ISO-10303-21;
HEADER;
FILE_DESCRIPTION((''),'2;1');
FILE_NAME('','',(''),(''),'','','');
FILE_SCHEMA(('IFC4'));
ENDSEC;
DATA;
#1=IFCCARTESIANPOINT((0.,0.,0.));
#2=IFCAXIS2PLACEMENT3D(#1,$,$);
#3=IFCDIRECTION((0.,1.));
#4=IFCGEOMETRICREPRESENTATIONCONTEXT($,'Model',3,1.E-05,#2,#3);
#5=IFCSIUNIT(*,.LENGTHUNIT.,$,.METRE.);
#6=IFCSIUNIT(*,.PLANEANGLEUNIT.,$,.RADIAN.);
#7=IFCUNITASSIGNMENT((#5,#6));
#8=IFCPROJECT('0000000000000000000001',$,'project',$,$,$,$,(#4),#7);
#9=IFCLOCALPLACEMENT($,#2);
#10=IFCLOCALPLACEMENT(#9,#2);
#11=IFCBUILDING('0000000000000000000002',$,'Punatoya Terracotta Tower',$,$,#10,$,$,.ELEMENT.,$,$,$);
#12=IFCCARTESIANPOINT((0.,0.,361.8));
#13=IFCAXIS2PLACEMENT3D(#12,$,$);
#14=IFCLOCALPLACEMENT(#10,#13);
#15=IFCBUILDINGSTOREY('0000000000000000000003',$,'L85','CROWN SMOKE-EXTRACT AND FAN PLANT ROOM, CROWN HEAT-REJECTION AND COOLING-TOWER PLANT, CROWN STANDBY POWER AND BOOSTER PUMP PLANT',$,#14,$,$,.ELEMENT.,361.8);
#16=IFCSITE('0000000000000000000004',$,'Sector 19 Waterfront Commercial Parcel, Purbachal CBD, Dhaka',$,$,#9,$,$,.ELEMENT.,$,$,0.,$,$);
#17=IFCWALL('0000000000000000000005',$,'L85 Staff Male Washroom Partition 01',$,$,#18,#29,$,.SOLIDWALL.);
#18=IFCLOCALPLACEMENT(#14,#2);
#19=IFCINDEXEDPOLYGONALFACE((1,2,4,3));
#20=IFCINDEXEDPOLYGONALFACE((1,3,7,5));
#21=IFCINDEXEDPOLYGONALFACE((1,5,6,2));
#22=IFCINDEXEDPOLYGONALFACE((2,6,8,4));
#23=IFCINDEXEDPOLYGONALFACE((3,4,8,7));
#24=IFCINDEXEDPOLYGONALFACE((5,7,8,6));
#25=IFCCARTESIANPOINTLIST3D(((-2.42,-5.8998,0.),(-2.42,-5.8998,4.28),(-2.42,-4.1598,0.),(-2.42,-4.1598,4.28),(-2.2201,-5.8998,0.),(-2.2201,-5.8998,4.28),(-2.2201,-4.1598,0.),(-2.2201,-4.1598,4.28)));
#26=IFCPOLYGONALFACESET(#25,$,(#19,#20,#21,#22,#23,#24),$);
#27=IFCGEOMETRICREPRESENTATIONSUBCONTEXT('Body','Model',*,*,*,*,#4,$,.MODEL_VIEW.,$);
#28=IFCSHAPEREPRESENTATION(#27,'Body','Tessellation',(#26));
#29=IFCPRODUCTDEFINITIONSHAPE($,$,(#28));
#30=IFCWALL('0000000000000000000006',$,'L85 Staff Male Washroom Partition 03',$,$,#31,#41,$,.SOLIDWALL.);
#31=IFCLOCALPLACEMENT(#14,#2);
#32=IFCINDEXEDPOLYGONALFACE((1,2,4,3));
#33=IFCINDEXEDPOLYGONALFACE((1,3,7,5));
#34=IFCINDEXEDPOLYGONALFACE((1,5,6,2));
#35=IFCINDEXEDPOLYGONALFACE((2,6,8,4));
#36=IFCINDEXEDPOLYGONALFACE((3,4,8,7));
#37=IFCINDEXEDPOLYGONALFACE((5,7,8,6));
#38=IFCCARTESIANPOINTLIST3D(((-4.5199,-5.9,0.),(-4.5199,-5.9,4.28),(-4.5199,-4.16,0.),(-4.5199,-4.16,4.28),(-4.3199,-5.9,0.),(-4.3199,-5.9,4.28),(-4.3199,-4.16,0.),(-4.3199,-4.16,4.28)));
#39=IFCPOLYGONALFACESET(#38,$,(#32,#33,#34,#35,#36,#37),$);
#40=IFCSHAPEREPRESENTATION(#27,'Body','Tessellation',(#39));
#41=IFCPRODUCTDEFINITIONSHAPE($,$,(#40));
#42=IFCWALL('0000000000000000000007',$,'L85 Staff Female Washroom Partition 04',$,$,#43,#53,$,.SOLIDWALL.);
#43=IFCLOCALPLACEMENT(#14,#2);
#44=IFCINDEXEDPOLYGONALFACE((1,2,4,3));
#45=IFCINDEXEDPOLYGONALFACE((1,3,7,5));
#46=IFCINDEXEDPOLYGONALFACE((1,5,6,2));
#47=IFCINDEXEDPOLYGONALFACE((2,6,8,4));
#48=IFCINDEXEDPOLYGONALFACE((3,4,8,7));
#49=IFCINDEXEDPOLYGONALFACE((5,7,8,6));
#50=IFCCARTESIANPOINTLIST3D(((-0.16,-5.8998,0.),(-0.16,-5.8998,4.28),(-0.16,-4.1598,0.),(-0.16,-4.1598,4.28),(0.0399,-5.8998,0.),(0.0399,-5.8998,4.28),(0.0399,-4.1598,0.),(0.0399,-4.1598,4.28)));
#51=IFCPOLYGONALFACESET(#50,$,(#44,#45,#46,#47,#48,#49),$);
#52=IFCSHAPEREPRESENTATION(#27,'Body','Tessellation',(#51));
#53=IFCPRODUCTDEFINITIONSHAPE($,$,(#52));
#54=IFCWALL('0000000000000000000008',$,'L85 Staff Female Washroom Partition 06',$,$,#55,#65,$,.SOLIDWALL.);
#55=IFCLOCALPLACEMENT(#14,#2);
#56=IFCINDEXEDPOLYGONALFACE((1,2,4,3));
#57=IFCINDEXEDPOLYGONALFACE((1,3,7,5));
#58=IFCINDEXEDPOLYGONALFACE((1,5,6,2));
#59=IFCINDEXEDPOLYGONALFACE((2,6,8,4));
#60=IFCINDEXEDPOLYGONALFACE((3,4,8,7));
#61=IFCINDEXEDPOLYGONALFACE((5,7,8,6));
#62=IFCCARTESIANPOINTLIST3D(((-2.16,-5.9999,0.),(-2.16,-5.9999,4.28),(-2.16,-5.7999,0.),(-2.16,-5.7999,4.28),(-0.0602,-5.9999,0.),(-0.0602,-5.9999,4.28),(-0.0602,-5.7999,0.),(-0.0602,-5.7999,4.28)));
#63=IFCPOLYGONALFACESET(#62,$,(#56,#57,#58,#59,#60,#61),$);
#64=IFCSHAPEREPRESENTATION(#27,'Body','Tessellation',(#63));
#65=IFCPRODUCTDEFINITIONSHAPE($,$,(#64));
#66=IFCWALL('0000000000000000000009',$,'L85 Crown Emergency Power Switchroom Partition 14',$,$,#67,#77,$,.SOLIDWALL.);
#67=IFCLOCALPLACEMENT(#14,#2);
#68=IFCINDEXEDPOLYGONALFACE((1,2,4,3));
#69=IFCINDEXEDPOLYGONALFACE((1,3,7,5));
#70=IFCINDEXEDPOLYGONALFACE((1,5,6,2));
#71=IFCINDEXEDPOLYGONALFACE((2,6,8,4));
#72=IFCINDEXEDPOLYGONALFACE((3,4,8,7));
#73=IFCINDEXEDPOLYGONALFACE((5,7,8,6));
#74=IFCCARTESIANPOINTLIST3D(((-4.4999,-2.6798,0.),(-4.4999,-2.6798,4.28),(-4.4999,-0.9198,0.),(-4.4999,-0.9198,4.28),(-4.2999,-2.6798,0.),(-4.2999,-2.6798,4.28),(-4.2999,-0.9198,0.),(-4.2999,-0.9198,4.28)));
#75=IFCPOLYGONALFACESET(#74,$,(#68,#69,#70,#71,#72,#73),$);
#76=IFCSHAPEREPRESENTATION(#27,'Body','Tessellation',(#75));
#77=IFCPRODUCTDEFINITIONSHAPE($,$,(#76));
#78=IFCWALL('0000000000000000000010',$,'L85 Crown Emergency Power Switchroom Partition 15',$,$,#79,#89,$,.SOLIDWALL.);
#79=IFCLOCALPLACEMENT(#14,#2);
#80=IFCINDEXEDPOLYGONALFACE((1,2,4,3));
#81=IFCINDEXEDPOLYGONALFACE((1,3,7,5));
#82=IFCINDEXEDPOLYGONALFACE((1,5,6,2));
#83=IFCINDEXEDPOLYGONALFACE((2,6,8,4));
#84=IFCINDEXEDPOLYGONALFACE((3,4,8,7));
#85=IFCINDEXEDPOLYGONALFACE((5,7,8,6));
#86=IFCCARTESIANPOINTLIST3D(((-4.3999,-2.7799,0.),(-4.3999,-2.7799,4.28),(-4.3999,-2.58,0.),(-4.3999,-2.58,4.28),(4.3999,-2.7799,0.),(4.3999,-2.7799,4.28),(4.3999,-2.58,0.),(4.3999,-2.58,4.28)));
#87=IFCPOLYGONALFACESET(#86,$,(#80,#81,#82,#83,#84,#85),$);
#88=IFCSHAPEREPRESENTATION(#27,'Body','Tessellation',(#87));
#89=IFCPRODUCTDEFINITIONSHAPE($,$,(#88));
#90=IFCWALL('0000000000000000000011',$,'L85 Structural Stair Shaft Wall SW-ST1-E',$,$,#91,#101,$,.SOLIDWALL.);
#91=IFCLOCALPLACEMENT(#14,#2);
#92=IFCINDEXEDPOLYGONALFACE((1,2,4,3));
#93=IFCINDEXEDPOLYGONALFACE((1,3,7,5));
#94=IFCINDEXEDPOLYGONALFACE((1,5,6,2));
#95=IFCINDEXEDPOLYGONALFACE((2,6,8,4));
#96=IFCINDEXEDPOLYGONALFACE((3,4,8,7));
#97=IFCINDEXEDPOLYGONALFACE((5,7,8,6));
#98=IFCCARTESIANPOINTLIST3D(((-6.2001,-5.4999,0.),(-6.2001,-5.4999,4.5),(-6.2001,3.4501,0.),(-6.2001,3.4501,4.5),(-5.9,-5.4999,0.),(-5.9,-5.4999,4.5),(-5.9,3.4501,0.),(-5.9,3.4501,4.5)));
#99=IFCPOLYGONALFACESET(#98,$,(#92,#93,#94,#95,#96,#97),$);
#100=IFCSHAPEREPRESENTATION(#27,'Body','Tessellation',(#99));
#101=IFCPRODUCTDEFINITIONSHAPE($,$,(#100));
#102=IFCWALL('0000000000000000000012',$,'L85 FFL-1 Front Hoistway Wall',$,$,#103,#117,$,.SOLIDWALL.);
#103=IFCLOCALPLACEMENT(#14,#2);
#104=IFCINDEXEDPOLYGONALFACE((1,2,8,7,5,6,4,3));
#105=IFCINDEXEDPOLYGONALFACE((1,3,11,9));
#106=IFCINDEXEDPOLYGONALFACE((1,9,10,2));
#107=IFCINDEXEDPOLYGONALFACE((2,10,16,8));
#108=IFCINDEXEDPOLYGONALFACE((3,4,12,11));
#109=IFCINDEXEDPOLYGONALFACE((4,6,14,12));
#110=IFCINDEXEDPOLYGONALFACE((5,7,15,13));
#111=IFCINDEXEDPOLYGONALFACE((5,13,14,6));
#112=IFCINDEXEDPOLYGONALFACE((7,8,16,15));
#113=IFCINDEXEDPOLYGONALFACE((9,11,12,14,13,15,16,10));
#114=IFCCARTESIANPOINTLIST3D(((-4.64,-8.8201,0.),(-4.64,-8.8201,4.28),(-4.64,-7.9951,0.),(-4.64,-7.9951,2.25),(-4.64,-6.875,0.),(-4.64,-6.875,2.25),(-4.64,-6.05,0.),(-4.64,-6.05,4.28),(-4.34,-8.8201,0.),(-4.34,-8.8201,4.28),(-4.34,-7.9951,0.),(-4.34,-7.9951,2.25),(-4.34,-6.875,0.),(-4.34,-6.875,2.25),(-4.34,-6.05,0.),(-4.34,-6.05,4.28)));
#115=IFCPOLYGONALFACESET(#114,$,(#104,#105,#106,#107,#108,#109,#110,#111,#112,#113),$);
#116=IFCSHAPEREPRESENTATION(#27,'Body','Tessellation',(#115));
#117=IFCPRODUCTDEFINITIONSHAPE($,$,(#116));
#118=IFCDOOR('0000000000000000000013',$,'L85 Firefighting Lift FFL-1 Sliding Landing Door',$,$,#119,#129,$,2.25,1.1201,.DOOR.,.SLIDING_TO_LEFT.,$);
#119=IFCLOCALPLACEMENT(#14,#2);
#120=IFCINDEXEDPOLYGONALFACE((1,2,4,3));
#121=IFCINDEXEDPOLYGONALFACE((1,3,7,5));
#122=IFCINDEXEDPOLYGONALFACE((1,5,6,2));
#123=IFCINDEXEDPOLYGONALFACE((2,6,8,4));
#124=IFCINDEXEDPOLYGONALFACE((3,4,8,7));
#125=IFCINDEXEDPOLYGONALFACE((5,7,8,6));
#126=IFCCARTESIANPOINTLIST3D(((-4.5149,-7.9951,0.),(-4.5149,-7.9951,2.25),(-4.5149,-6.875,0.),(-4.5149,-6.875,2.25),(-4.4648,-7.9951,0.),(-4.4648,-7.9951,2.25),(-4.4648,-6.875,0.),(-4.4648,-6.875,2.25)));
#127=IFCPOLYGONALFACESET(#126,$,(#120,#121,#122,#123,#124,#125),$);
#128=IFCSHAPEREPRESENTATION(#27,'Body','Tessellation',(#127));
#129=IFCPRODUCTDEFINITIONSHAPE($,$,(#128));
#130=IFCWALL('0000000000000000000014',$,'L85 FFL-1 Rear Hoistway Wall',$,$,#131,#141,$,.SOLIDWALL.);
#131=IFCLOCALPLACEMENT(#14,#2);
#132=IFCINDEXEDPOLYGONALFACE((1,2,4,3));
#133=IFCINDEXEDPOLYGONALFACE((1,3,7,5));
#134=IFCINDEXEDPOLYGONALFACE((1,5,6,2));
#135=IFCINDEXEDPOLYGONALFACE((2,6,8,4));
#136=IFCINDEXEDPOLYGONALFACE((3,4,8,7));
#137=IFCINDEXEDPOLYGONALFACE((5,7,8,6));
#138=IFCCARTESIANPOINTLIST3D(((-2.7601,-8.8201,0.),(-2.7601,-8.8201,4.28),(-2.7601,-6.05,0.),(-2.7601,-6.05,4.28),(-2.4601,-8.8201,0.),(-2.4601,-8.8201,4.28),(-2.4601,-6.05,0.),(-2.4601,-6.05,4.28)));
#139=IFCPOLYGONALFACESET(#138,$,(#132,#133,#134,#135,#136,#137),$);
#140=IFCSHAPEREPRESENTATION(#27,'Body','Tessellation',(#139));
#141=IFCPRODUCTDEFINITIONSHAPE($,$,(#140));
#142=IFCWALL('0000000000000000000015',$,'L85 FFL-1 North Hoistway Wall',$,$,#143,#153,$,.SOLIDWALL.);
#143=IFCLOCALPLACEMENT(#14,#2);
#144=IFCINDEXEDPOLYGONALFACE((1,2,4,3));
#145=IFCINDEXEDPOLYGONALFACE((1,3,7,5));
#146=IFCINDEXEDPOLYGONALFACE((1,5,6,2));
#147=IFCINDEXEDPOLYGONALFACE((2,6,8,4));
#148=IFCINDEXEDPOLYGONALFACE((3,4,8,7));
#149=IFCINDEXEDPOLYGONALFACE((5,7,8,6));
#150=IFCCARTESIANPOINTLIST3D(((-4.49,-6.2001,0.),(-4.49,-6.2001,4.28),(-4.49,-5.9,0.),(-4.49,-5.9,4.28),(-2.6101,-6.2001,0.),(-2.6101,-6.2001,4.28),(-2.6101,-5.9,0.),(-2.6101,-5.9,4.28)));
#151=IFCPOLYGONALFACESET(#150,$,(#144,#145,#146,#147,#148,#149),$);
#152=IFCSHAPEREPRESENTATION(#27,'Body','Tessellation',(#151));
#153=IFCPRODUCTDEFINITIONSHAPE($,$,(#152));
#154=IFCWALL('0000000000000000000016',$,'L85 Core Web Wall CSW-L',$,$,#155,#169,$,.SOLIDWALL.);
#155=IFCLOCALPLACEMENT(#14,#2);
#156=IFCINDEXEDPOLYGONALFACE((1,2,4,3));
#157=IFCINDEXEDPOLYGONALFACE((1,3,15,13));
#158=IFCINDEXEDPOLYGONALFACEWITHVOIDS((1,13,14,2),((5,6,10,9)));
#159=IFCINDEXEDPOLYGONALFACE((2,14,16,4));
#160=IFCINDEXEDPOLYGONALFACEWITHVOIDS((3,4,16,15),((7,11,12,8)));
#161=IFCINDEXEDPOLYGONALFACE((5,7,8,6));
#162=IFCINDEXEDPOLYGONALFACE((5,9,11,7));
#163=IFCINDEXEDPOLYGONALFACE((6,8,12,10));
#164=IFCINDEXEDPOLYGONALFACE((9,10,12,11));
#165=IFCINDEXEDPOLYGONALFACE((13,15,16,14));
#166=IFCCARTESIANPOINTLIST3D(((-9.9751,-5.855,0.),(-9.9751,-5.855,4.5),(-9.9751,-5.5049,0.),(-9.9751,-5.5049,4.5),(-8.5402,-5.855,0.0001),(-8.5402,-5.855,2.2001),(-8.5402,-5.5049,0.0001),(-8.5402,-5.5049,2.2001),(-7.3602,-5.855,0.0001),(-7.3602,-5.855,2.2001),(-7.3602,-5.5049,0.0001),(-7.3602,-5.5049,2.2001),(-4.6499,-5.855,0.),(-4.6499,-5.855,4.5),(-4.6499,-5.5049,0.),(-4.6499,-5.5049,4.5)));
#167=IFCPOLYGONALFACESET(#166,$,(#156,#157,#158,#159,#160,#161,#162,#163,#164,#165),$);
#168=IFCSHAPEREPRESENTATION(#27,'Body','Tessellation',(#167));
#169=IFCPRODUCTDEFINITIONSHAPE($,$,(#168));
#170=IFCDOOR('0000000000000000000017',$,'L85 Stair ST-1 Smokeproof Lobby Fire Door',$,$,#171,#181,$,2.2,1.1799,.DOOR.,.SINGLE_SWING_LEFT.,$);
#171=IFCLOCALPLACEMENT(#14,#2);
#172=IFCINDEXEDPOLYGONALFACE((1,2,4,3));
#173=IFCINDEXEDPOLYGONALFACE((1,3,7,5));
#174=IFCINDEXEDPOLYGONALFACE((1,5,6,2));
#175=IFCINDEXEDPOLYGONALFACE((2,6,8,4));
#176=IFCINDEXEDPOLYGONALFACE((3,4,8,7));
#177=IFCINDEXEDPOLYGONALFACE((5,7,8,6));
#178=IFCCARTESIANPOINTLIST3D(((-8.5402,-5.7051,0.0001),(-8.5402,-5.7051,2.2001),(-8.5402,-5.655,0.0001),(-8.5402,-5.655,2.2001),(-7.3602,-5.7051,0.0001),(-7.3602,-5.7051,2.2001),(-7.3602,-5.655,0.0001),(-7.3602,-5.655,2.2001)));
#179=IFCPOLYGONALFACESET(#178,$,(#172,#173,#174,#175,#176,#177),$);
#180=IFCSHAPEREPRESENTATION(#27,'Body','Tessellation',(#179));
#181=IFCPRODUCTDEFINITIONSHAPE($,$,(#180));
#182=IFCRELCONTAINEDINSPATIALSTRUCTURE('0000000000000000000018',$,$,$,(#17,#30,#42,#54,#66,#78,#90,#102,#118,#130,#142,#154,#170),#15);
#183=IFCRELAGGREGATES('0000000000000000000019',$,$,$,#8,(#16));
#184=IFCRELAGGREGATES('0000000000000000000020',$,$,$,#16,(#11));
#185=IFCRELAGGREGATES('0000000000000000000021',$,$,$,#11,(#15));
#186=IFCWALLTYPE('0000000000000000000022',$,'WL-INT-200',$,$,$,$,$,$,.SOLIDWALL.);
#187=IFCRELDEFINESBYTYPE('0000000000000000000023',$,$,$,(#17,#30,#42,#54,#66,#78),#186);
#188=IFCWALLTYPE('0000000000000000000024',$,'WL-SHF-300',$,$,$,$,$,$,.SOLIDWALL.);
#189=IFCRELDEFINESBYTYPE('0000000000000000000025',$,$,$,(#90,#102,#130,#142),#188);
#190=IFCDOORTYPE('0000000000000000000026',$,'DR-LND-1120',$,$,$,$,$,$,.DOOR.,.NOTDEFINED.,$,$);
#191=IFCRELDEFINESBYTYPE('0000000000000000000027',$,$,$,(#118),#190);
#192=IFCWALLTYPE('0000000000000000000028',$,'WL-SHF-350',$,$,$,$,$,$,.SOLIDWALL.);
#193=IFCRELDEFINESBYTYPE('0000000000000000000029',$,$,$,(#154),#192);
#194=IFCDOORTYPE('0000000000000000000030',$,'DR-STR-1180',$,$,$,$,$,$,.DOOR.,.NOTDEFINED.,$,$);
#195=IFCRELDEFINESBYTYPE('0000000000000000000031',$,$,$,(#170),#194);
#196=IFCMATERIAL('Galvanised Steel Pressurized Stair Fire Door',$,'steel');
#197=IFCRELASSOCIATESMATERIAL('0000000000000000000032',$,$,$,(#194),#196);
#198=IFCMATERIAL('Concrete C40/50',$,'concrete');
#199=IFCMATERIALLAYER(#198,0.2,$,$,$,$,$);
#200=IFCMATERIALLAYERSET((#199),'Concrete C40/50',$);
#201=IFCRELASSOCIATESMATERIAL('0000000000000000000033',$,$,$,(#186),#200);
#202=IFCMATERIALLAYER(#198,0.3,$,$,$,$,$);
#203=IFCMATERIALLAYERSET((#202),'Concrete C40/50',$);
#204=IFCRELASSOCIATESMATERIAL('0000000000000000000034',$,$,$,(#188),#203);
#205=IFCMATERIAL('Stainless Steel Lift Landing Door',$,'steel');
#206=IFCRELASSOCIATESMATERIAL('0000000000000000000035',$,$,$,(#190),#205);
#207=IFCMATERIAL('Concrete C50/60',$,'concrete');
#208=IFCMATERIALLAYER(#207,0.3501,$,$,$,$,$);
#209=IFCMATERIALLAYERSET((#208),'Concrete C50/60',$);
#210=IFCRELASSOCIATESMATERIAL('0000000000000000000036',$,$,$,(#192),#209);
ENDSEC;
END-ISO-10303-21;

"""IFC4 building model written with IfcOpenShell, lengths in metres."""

from ifc_helpers import new_model, si_unit, direction, frame, frame_2d, origin, place, context, subcontext, project, spatial, rectangle, extrude, material, layer, layer_set, type_object, element, fill, save


model = new_model("IFC4")

# Units and contexts
model_context = context("Model", 3, precision=1e-05, world=origin(), true_north=direction((0.0, 1.0)))
body_context = subcontext(model_context, "Body", "Model", "MODEL_VIEW")
ifc_project = project(units=[si_unit("LENGTHUNIT", "METRE"), si_unit("PLANEANGLEUNIT", "RADIAN")], contexts=[model_context])

# Site, building, storey
site_placement = place(None, origin())
site = spatial("IfcSite", under=ifc_project, at=site_placement, Name="Sector 19 Waterfront Commercial Parcel, Purbachal CBD, Dhaka", CompositionType="ELEMENT", RefElevation=0.0)
building_placement = place(site_placement, origin())
building = spatial("IfcBuilding", under=site, at=building_placement, Name="Punatoya Terracotta Tower", CompositionType="ELEMENT")
storey_placement = place(building_placement, frame((0.0, 0.0, 361.8)))
storey = spatial("IfcBuildingStorey", under=building, at=storey_placement, Name="L85", Description="CROWN SMOKE-EXTRACT AND FAN PLANT ROOM, CROWN HEAT-REJECTION AND COOLING-TOWER PLANT, CROWN STANDBY POWER AND BOOSTER PUMP PLANT", CompositionType="ELEMENT", Elevation=361.8)

# Shared definitions
ifc_material_1 = material(Name="Concrete C50/60", Category="concrete")

# Shared definitions
ifc_material_2 = material(Name="Galvanised Steel Pressurized Stair Fire Door", Category="steel")
door_type_1 = type_object("IfcDoorType", Name="DR-STR-1180", OperationType="NOTDEFINED", PredefinedType="DOOR", material=ifc_material_2)

# Wall
ifc_material_3 = material(Name="Concrete C40/50", Category="concrete")
ifc_layer_1 = layer(ifc_material_3, 0.2)
ifc_layer_set_1 = layer_set([ifc_layer_1], Name="Concrete C40/50")
wall_type_1 = type_object("IfcWallType", Name="WL-INT-200", PredefinedType="SOLIDWALL", material=ifc_layer_set_1)
wall_1_placement = place(storey_placement, frame((-2.3201, -5.8999, 0.0), z_axis=(0.0, 0.0, 1.0), x_axis=(0.0, 1.0, 0.0)))
element("IfcWall", 1, at=wall_1_placement, inside=storey, type_object=wall_type_1, Name="L85 Staff Male Washroom Partition 01", PredefinedType="SOLIDWALL", context=body_context, shape_type="SweptSolid", body=[
    extrude(rectangle(XDim=1.74, YDim=0.2, at=frame_2d((0.8701, 0.0))), origin(), (0.0, 0.0, 1.0), 4.28),
])

# Walls
for number, where, z_axis, x_axis, name in (
    (2, (-4.4199, -4.1599, 0.0), (0.0, 0.0, 1.0), (0.0, -1.0, 0.0), "L85 Staff Male Washroom Partition 03"),
    (3, (-0.0601, -5.8999, 0.0), (0.0, 0.0, 1.0), (0.0, 1.0, 0.0), "L85 Staff Female Washroom Partition 04"),
):
    element("IfcWall", number, at=place(storey_placement, frame(where, z_axis=z_axis, x_axis=x_axis)), inside=storey, type_object=wall_type_1, Name=name, PredefinedType="SOLIDWALL", context=body_context, shape_type="SweptSolid", body=[
        extrude(rectangle(XDim=1.74, YDim=0.2, at=frame_2d((0.8701, 0.0))), origin(), (0.0, 0.0, 1.0), 4.28),
    ])
wall_2_placement = place(storey_placement, frame((-2.1599, -5.8999, 0.0), z_axis=(0.0, 0.0, 1.0), x_axis=(1.0, 0.0, 0.0)))
element("IfcWall", 4, at=wall_2_placement, inside=storey, type_object=wall_type_1, Name="L85 Staff Female Washroom Partition 06", PredefinedType="SOLIDWALL", context=body_context, shape_type="SweptSolid", body=[
    extrude(rectangle(XDim=2.0999, YDim=0.2, at=frame_2d((1.0498, 0.0))), origin(), (0.0, 0.0, 1.0), 4.28),
])
wall_3_placement = place(storey_placement, frame((-4.3999, -0.9199, 0.0), z_axis=(0.0, 0.0, 1.0), x_axis=(0.0, -1.0, 0.0)))
element("IfcWall", 5, at=wall_3_placement, inside=storey, type_object=wall_type_1, Name="L85 Crown Emergency Power Switchroom Partition 14", PredefinedType="SOLIDWALL", context=body_context, shape_type="SweptSolid", body=[
    extrude(rectangle(XDim=1.76, YDim=0.2, at=frame_2d((0.8799, 0.0))), origin(), (0.0, 0.0, 1.0), 4.28),
])
wall_4_placement = place(storey_placement, frame((-4.3999, -2.6799, 0.0), z_axis=(0.0, 0.0, 1.0), x_axis=(1.0, 0.0, 0.0)))
element("IfcWall", 6, at=wall_4_placement, inside=storey, type_object=wall_type_1, Name="L85 Crown Emergency Power Switchroom Partition 15", PredefinedType="SOLIDWALL", context=body_context, shape_type="SweptSolid", body=[
    extrude(rectangle(XDim=8.7998, YDim=0.2, at=frame_2d((4.3999, 0.0))), origin(), (0.0, 0.0, 1.0), 4.28),
])
ifc_layer_2 = layer(ifc_material_3, 0.3)
ifc_layer_set_2 = layer_set([ifc_layer_2], Name="Concrete C40/50")
wall_type_2 = type_object("IfcWallType", Name="WL-SHF-300", PredefinedType="SOLIDWALL", material=ifc_layer_set_2)
wall_5_placement = place(storey_placement, frame((-6.05, -5.5, 0.0), z_axis=(0.0, 0.0, 1.0), x_axis=(0.0, 1.0, 0.0)))
element("IfcWall", 7, at=wall_5_placement, inside=storey, type_object=wall_type_2, Name="L85 Structural Stair Shaft Wall SW-ST1-E", PredefinedType="SOLIDWALL", context=body_context, shape_type="SweptSolid", body=[
    extrude(rectangle(XDim=8.95, YDim=0.3, at=frame_2d((4.4751, 0.0))), origin(), (0.0, 0.0, 1.0), 4.5),
])

# Wall, opening, door
wall_6_placement = place(storey_placement, frame((-4.49, -8.8201, 0.0), z_axis=(0.0, 0.0, 1.0), x_axis=(0.0, 1.0, 0.0)))
wall_6 = element("IfcWall", 8, at=wall_6_placement, inside=storey, type_object=wall_type_2, Name="L85 FFL-1 Front Hoistway Wall", PredefinedType="SOLIDWALL", context=body_context, shape_type="SweptSolid", body=[
    extrude(rectangle(XDim=2.77, YDim=0.3, at=frame_2d((1.385, 0.0))), origin(), (0.0, 0.0, 1.0), 4.28),
])
opening_1_placement = place(wall_6_placement, frame((0.825, 0.0, 0.0)))
opening_1 = element("IfcOpeningElement", 9, at=opening_1_placement, cuts=wall_6, PredefinedType="OPENING", context=body_context, shape_type="SweptSolid", body=[
    extrude(rectangle(XDim=1.1201, YDim=2.25, at=frame_2d((0.5601, 1.125))), frame((0.0, 0.1599, 0.0), z_axis=(0.0, -1.0, 0.0), x_axis=(1.0, 0.0, 0.0)), (0.0, 0.0, 1.0), 0.3201),
])
ifc_material_4 = material(Name="Stainless Steel Lift Landing Door", Category="steel")
door_type_2 = type_object("IfcDoorType", Name="DR-LND-1120", OperationType="NOTDEFINED", PredefinedType="DOOR", material=ifc_material_4)
door_1_placement = place(opening_1_placement, origin())
door_1 = element("IfcDoor", 10, at=door_1_placement, inside=storey, type_object=door_type_2, Name="L85 Firefighting Lift FFL-1 Sliding Landing Door", OperationType="SLIDING_TO_LEFT", OverallHeight=2.25, OverallWidth=1.1201, PredefinedType="DOOR", context=body_context, shape_type="SweptSolid", body=[
    extrude(rectangle(XDim=1.1201, YDim=2.25, at=frame_2d((0.5601, 1.125))), frame((0.0, 0.0249, 0.0), z_axis=(0.0, -1.0, 0.0), x_axis=(1.0, 0.0, 0.0)), (0.0, 0.0, 1.0), 0.05),
])
fill(opening_1, door_1)

# Walls
wall_7_placement = place(storey_placement, frame((-2.6101, -8.8201, 0.0), z_axis=(0.0, 0.0, 1.0), x_axis=(0.0, 1.0, 0.0)))
element("IfcWall", 11, at=wall_7_placement, inside=storey, type_object=wall_type_2, Name="L85 FFL-1 Rear Hoistway Wall", PredefinedType="SOLIDWALL", context=body_context, shape_type="SweptSolid", body=[
    extrude(rectangle(XDim=2.77, YDim=0.3, at=frame_2d((1.385, 0.0))), origin(), (0.0, 0.0, 1.0), 4.28),
])
wall_8_placement = place(storey_placement, frame((-4.49, -6.05, 0.0), z_axis=(0.0, 0.0, 1.0), x_axis=(1.0, 0.0, 0.0)))
element("IfcWall", 12, at=wall_8_placement, inside=storey, type_object=wall_type_2, Name="L85 FFL-1 North Hoistway Wall", PredefinedType="SOLIDWALL", context=body_context, shape_type="SweptSolid", body=[
    extrude(rectangle(XDim=1.8799, YDim=0.3, at=frame_2d((0.9399, 0.0))), origin(), (0.0, 0.0, 1.0), 4.28),
])

# Wall, opening, door
ifc_layer_3 = layer(ifc_material_1, 0.3501)
ifc_layer_set_3 = layer_set([ifc_layer_3], Name="Concrete C50/60")
wall_type_3 = type_object("IfcWallType", Name="WL-SHF-350", PredefinedType="SOLIDWALL", material=ifc_layer_set_3)
wall_9_placement = place(storey_placement, frame((-9.9751, -5.6799, 0.0), z_axis=(0.0, 0.0, 1.0), x_axis=(1.0, 0.0, 0.0)))
wall_9 = element("IfcWall", 13, at=wall_9_placement, inside=storey, type_object=wall_type_3, Name="L85 Core Web Wall CSW-L", PredefinedType="SOLIDWALL", context=body_context, shape_type="SweptSolid", body=[
    extrude(rectangle(XDim=5.3252, YDim=0.3501, at=frame_2d((2.6626, 0.0))), origin(), (0.0, 0.0, 1.0), 4.5),
])
opening_2_placement = place(wall_9_placement, frame((1.4351, 0.0, 0.0)))
opening_2 = element("IfcOpeningElement", 14, at=opening_2_placement, cuts=wall_9, PredefinedType="OPENING", context=body_context, shape_type="SweptSolid", body=[
    extrude(rectangle(XDim=1.1799, YDim=2.2, at=frame_2d((0.5898, 1.1001))), frame((0.0, 0.1851, 0.0), z_axis=(0.0, -1.0, 0.0), x_axis=(1.0, 0.0, 0.0)), (0.0, 0.0, 1.0), 0.3701),
])
door_2_placement = place(opening_2_placement, origin())
door_2 = element("IfcDoor", 15, at=door_2_placement, inside=storey, type_object=door_type_1, Name="L85 Stair ST-1 Smokeproof Lobby Fire Door", OperationType="SINGLE_SWING_LEFT", OverallHeight=2.2, OverallWidth=1.1799, PredefinedType="DOOR", context=body_context, shape_type="SweptSolid", body=[
    extrude(rectangle(XDim=1.1799, YDim=2.2, at=frame_2d((0.5898, 1.1001))), frame((0.0, 0.0249, 0.0), z_axis=(0.0, -1.0, 0.0), x_axis=(1.0, 0.0, 0.0)), (0.0, 0.0, 1.0), 0.05),
])
fill(opening_2, door_2)

save(model, "model.ifc")
